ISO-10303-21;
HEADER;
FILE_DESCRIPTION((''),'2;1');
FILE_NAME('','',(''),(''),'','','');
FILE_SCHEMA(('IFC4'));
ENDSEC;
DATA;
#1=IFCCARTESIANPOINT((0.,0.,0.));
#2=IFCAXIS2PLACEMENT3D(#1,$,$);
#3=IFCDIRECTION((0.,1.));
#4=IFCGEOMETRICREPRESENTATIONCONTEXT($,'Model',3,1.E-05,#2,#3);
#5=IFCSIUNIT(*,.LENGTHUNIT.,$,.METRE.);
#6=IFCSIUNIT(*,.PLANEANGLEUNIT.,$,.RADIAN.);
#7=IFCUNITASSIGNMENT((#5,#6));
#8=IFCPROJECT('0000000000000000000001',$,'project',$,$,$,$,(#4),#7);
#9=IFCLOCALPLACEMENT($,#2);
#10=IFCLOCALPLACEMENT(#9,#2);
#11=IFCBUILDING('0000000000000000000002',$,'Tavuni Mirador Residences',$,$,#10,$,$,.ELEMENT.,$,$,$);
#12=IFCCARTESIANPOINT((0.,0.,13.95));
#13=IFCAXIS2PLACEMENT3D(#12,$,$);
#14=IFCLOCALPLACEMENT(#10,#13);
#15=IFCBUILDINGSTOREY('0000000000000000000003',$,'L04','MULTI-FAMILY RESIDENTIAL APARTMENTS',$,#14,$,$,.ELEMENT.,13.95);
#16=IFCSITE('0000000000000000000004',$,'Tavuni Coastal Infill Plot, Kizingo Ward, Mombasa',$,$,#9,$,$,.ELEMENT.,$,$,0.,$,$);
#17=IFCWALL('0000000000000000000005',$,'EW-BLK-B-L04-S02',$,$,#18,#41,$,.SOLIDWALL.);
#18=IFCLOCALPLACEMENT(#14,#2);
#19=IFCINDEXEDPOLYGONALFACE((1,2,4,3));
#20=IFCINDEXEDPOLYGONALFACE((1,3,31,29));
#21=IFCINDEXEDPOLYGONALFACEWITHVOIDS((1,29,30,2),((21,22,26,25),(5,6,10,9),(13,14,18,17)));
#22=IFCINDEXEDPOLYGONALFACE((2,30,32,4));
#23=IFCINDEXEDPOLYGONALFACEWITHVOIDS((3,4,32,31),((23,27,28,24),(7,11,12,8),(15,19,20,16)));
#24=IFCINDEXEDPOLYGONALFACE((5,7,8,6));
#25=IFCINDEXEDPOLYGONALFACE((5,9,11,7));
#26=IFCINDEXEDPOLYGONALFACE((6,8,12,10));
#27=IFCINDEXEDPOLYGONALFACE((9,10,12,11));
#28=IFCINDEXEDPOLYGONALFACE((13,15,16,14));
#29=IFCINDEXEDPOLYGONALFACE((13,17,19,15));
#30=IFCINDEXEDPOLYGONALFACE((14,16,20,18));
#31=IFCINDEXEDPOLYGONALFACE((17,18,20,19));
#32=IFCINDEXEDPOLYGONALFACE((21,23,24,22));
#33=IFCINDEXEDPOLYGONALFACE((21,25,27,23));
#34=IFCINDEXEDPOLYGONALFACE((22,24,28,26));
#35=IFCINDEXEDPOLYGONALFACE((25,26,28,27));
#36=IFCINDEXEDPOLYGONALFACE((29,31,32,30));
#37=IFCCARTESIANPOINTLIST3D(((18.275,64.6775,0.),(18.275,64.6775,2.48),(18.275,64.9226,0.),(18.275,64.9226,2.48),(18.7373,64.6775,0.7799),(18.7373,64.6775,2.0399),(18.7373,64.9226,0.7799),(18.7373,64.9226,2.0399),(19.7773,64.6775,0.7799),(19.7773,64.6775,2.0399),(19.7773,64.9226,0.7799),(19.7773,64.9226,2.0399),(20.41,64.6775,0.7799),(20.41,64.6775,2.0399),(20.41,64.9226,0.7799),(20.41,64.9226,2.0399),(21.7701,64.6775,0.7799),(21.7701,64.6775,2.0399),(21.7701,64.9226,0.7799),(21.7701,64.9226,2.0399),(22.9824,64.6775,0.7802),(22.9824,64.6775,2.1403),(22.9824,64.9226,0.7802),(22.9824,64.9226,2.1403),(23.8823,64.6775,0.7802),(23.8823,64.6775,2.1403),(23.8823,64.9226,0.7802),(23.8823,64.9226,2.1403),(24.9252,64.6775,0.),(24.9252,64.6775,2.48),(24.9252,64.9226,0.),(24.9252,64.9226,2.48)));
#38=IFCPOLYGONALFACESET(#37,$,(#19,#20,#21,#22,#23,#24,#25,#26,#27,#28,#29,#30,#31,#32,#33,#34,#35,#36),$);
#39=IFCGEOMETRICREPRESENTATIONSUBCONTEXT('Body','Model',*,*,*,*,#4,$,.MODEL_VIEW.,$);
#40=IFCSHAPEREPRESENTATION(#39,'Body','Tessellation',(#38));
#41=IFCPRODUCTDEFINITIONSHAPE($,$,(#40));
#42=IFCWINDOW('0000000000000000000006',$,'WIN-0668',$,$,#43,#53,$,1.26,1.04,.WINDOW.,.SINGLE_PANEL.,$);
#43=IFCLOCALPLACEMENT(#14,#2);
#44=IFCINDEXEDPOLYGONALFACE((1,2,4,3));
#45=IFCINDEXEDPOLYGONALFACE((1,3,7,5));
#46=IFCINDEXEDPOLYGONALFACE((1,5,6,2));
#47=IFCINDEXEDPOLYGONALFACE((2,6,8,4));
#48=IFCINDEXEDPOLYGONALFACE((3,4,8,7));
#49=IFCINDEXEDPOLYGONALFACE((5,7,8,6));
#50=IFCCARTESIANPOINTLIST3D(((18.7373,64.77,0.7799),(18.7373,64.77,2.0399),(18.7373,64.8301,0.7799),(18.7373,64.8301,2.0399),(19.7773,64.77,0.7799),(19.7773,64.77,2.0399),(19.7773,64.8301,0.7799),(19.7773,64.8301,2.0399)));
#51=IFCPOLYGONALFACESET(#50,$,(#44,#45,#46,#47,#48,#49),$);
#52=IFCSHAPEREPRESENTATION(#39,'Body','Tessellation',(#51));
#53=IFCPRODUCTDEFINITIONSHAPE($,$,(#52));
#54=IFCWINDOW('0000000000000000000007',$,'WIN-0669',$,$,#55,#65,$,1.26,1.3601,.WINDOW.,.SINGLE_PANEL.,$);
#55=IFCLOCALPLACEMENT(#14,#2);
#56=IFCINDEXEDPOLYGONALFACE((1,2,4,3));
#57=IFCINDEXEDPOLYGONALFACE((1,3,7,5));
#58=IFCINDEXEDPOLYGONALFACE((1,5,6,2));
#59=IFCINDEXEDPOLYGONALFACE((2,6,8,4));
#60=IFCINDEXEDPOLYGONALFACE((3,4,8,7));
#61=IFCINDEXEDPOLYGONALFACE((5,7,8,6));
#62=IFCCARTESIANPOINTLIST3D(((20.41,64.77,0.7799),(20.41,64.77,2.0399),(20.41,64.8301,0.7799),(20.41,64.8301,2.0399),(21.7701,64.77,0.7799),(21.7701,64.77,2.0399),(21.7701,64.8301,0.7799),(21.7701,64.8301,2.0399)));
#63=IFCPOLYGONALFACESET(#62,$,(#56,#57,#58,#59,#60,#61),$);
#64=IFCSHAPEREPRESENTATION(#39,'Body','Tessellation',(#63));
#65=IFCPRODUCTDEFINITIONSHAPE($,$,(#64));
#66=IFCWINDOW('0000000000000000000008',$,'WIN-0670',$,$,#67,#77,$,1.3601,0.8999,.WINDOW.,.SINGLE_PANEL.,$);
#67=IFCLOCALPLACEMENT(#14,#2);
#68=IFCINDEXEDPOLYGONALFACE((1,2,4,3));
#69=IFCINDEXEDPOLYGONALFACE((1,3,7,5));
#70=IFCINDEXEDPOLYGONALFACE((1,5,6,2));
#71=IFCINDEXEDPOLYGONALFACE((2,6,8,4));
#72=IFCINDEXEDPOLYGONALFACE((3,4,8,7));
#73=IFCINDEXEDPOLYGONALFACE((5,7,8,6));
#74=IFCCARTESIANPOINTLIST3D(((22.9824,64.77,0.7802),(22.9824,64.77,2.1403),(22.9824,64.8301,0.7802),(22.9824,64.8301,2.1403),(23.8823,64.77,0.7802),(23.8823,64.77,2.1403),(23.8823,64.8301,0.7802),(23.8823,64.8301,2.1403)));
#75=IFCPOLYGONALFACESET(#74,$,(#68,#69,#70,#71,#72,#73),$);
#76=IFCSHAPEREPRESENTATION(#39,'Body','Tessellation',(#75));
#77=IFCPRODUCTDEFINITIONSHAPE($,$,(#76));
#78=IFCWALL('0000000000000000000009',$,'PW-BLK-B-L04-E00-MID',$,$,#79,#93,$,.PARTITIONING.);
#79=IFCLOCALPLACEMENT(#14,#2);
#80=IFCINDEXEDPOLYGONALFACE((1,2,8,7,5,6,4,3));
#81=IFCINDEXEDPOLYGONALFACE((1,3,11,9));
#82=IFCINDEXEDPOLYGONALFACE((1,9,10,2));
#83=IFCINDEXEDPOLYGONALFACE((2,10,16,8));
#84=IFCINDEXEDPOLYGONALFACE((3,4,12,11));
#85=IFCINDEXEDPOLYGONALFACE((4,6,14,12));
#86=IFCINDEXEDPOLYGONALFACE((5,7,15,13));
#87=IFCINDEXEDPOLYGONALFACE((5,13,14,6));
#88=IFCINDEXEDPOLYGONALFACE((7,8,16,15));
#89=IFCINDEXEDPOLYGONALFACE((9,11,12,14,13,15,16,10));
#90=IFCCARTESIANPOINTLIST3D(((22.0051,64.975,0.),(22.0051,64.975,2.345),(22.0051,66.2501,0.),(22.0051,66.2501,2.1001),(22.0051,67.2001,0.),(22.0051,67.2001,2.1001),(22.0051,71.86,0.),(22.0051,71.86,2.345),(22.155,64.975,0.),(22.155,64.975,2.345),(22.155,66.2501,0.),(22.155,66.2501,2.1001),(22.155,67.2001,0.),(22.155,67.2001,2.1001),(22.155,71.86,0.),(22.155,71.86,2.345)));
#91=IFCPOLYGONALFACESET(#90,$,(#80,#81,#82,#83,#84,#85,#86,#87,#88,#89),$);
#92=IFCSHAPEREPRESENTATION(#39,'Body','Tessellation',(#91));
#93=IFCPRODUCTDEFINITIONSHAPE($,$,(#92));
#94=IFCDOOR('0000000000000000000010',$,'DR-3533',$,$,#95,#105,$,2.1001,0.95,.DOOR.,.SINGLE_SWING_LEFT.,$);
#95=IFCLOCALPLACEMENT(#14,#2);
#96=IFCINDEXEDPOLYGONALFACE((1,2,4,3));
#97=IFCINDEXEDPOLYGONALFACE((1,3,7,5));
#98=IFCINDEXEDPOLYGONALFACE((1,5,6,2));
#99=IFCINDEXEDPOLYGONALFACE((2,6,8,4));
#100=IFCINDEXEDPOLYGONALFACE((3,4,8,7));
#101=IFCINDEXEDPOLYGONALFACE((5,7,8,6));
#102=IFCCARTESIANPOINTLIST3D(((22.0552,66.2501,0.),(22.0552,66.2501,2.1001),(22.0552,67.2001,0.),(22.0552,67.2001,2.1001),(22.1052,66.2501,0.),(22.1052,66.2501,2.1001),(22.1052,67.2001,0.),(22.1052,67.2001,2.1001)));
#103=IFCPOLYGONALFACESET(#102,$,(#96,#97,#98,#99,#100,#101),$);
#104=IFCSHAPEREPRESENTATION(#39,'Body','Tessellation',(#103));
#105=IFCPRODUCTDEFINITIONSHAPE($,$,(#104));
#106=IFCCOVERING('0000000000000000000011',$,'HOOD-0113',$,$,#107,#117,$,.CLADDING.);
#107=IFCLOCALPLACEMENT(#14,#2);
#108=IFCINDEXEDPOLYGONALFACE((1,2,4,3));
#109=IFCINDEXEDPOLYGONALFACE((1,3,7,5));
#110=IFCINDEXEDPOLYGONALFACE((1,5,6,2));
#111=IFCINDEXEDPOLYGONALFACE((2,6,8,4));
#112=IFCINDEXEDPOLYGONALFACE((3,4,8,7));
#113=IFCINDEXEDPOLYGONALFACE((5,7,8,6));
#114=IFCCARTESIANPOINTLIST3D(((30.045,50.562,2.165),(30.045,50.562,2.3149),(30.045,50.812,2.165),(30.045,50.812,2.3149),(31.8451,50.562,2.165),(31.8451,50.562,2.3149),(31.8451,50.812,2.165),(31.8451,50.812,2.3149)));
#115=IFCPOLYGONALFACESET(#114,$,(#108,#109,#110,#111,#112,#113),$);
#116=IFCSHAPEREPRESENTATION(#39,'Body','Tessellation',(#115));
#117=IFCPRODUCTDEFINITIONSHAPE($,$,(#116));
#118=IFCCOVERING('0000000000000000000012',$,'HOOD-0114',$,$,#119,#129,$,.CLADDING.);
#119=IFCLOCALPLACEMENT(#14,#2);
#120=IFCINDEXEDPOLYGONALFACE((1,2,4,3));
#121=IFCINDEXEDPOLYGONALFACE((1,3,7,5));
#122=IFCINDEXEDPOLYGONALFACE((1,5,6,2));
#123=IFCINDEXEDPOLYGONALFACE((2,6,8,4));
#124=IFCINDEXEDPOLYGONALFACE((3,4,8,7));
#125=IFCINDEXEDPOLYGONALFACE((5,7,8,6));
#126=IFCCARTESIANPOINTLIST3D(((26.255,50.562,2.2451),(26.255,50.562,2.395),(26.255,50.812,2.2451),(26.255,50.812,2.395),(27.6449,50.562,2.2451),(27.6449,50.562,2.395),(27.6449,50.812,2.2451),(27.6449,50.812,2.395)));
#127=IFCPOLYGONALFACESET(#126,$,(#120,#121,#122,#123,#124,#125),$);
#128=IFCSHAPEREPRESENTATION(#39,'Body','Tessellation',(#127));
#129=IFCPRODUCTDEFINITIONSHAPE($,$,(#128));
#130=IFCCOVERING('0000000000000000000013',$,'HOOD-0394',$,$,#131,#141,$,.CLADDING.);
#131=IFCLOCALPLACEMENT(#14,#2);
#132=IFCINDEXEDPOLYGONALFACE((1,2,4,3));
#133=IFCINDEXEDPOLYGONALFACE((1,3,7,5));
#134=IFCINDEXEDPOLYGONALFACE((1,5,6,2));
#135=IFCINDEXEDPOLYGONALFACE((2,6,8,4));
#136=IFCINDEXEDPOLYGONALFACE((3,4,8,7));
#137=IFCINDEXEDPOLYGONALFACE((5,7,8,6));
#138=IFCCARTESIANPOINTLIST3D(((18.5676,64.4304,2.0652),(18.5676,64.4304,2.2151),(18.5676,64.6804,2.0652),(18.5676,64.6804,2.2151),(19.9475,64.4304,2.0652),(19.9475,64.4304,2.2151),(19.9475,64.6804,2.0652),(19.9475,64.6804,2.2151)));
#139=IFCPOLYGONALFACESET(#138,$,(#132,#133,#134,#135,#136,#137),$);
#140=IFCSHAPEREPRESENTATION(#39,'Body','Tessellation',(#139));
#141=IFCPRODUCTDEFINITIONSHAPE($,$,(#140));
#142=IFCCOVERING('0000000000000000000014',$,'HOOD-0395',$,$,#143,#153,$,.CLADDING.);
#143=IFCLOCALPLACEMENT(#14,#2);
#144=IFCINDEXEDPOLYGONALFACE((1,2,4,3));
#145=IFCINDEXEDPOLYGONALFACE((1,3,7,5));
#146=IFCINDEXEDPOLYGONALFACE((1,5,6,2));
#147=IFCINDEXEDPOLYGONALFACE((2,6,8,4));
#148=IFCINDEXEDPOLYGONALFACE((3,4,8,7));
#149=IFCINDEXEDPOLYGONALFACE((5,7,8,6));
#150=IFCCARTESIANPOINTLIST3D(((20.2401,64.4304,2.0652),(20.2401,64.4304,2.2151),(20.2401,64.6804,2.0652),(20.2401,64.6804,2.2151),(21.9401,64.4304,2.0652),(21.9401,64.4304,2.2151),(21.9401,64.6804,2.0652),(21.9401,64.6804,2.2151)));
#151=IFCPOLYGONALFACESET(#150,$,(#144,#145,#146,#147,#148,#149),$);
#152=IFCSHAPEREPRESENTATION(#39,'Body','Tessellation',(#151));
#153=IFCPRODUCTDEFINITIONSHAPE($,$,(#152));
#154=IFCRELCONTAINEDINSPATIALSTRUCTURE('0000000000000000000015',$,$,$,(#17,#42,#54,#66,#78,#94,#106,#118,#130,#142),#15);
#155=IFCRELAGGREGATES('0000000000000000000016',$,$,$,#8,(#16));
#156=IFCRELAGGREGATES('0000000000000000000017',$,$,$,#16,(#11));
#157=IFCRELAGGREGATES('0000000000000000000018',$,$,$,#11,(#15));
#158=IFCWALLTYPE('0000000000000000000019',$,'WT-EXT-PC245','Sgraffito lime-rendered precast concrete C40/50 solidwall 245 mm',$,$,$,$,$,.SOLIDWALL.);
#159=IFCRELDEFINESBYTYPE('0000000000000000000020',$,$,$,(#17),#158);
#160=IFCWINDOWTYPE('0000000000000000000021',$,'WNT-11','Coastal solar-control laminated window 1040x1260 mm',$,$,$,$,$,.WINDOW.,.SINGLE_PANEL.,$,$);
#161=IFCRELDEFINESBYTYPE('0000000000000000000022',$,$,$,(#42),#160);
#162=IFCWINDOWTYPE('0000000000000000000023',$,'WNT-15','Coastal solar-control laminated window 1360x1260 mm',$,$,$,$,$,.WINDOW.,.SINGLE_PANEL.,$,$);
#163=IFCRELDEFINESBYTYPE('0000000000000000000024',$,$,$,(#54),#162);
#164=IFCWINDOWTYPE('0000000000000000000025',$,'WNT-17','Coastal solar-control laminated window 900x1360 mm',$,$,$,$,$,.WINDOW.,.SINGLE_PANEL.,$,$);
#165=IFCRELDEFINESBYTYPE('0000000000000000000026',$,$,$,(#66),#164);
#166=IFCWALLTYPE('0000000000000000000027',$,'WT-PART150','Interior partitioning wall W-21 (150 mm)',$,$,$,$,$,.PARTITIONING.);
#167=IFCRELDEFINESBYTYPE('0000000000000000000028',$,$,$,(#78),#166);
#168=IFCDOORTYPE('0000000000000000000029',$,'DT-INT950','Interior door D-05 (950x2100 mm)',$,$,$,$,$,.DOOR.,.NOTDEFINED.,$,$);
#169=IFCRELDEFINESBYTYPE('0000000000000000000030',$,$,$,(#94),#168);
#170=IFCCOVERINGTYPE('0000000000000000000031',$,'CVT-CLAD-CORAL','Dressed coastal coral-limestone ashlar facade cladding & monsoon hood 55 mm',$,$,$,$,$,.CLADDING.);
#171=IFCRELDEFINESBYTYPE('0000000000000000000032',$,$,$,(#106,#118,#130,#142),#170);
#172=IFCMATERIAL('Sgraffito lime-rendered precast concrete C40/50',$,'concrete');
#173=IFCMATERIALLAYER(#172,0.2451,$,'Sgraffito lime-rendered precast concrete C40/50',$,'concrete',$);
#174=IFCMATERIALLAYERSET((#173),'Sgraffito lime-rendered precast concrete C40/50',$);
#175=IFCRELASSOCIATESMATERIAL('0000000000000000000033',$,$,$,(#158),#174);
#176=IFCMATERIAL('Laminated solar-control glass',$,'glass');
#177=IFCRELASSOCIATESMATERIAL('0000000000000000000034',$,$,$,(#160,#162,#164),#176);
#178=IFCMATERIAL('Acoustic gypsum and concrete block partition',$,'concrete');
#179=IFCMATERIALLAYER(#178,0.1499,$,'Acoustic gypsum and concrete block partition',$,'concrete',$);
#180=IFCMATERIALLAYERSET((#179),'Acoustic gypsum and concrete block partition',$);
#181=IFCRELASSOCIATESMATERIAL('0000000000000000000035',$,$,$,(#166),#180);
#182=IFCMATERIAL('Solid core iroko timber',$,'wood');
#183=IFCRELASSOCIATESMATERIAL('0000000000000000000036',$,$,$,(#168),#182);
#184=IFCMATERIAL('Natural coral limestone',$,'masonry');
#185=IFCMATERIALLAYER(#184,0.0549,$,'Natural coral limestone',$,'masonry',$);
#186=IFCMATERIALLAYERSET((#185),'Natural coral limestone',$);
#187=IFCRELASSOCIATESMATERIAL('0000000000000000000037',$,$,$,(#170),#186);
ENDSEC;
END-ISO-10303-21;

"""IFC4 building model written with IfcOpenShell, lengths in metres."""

from ifc_helpers import new_model, si_unit, direction, frame, frame_2d, origin, origin_2d, place, context, subcontext, project, spatial, rectangle, extrude, material, layer, layer_set, type_object, element, fill, save


model = new_model("IFC4")

# Units and contexts
model_context = context("Model", 3, precision=1e-05, world=origin(), true_north=direction((0.0, 1.0)))
body_context = subcontext(model_context, "Body", "Model", "MODEL_VIEW")
ifc_project = project(units=[si_unit("LENGTHUNIT", "METRE"), si_unit("PLANEANGLEUNIT", "RADIAN")], contexts=[model_context])

# Site, building, storey
site_placement = place(None, origin())
site = spatial("IfcSite", under=ifc_project, at=site_placement, Name="Tavuni Coastal Infill Plot, Kizingo Ward, Mombasa", CompositionType="ELEMENT", RefElevation=0.0)
building_placement = place(site_placement, origin())
building = spatial("IfcBuilding", under=site, at=building_placement, Name="Tavuni Mirador Residences", CompositionType="ELEMENT")
storey_placement = place(building_placement, frame((0.0, 0.0, 13.95)))
storey = spatial("IfcBuildingStorey", under=building, at=storey_placement, Name="L04", Description="MULTI-FAMILY RESIDENTIAL APARTMENTS", CompositionType="ELEMENT", Elevation=13.95)

# Shared definitions
ifc_material_1 = material(Name="Solid core iroko timber", Category="wood")

# Wall, openings, windows
ifc_material_2 = material(Name="Sgraffito lime-rendered precast concrete C40/50", Category="concrete")
ifc_layer_1 = layer(ifc_material_2, 0.2451, Name="Sgraffito lime-rendered precast concrete C40/50", Category="concrete")
ifc_layer_set_1 = layer_set([ifc_layer_1], Name="Sgraffito lime-rendered precast concrete C40/50")
wall_type_1 = type_object("IfcWallType", Name="WT-EXT-PC245", Description="Sgraffito lime-rendered precast concrete C40/50 solidwall 245 mm", PredefinedType="SOLIDWALL", material=ifc_layer_set_1)
wall_1_placement = place(storey_placement, frame((18.2749, 64.8, 0.0), z_axis=(0.0, 0.0, 1.0), x_axis=(1.0, 0.0, 0.0)))
wall_1 = element("IfcWall", 1, at=wall_1_placement, inside=storey, type_object=wall_type_1, Name="EW-BLK-B-L04-S02", PredefinedType="SOLIDWALL", context=body_context, shape_type="SweptSolid", body=[
    extrude(rectangle(XDim=6.6501, YDim=0.2451, at=frame_2d((3.3252, 0.0))), origin(), (0.0, 0.0, 1.0), 2.48),
])
opening_1_placement = place(wall_1_placement, frame((0.4624, 0.0, 0.78)))
opening_1 = element("IfcOpeningElement", 2, at=opening_1_placement, cuts=wall_1, PredefinedType="OPENING", context=body_context, shape_type="SweptSolid", body=[
    extrude(rectangle(XDim=1.04, YDim=1.26, at=frame_2d((0.52, 0.6299))), frame((0.0, 0.1326, 0.0), z_axis=(0.0, -1.0, 0.0), x_axis=(1.0, 0.0, 0.0)), (0.0, 0.0, 1.0), 0.2651),
])
opening_2_placement = place(wall_1_placement, frame((2.135, 0.0, 0.78)))
opening_2 = element("IfcOpeningElement", 3, at=opening_2_placement, cuts=wall_1, PredefinedType="OPENING", context=body_context, shape_type="SweptSolid", body=[
    extrude(rectangle(XDim=1.3601, YDim=1.26, at=frame_2d((0.6802, 0.6299))), frame((0.0, 0.1326, 0.0), z_axis=(0.0, -1.0, 0.0), x_axis=(1.0, 0.0, 0.0)), (0.0, 0.0, 1.0), 0.2651),
])
opening_3_placement = place(wall_1_placement, frame((4.7075, 0.0, 0.78)))
opening_3 = element("IfcOpeningElement", 4, at=opening_3_placement, cuts=wall_1, PredefinedType="OPENING", context=body_context, shape_type="SweptSolid", body=[
    extrude(rectangle(XDim=0.8999, YDim=1.3601, at=frame_2d((0.45, 0.6802))), frame((0.0, 0.1326, 0.0), z_axis=(0.0, -1.0, 0.0), x_axis=(1.0, 0.0, 0.0)), (0.0, 0.0, 1.0), 0.2651),
])
ifc_material_3 = material(Name="Laminated solar-control glass", Category="glass")
window_type_1 = type_object("IfcWindowType", Name="WNT-11", Description="Coastal solar-control laminated window 1040x1260 mm", PartitioningType="SINGLE_PANEL", PredefinedType="WINDOW", material=ifc_material_3)
window_1_placement = place(opening_1_placement, origin())
window_1 = element("IfcWindow", 5, at=window_1_placement, inside=storey, type_object=window_type_1, Name="WIN-0668", OverallHeight=1.26, OverallWidth=1.04, PartitioningType="SINGLE_PANEL", PredefinedType="WINDOW", context=body_context, shape_type="SweptSolid", body=[
    extrude(rectangle(XDim=1.04, YDim=1.26, at=frame_2d((0.52, 0.6299))), frame((0.0, 0.03, 0.0), z_axis=(0.0, -1.0, 0.0), x_axis=(1.0, 0.0, 0.0)), (0.0, 0.0, 1.0), 0.0601),
])
fill(opening_1, window_1)
window_type_2 = type_object("IfcWindowType", Name="WNT-15", Description="Coastal solar-control laminated window 1360x1260 mm", PartitioningType="SINGLE_PANEL", PredefinedType="WINDOW", material=ifc_material_3)
window_2_placement = place(opening_2_placement, origin())
window_2 = element("IfcWindow", 6, at=window_2_placement, inside=storey, type_object=window_type_2, Name="WIN-0669", OverallHeight=1.26, OverallWidth=1.3601, PartitioningType="SINGLE_PANEL", PredefinedType="WINDOW", context=body_context, shape_type="SweptSolid", body=[
    extrude(rectangle(XDim=1.3601, YDim=1.26, at=frame_2d((0.6802, 0.6299))), frame((0.0, 0.03, 0.0), z_axis=(0.0, -1.0, 0.0), x_axis=(1.0, 0.0, 0.0)), (0.0, 0.0, 1.0), 0.0601),
])
fill(opening_2, window_2)
window_type_3 = type_object("IfcWindowType", Name="WNT-17", Description="Coastal solar-control laminated window 900x1360 mm", PartitioningType="SINGLE_PANEL", PredefinedType="WINDOW", material=ifc_material_3)
window_3_placement = place(opening_3_placement, origin())
window_3 = element("IfcWindow", 7, at=window_3_placement, inside=storey, type_object=window_type_3, Name="WIN-0670", OverallHeight=1.3601, OverallWidth=0.8999, PartitioningType="SINGLE_PANEL", PredefinedType="WINDOW", context=body_context, shape_type="SweptSolid", body=[
    extrude(rectangle(XDim=0.8999, YDim=1.3601, at=frame_2d((0.45, 0.6802))), frame((0.0, 0.03, 0.0), z_axis=(0.0, -1.0, 0.0), x_axis=(1.0, 0.0, 0.0)), (0.0, 0.0, 1.0), 0.0601),
])
fill(opening_3, window_3)

# Wall, opening, door
ifc_material_4 = material(Name="Acoustic gypsum and concrete block partition", Category="concrete")
ifc_layer_2 = layer(ifc_material_4, 0.1499, Name="Acoustic gypsum and concrete block partition", Category="concrete")
ifc_layer_set_2 = layer_set([ifc_layer_2], Name="Acoustic gypsum and concrete block partition")
wall_type_2 = type_object("IfcWallType", Name="WT-PART150", Description="Interior partitioning wall W-21 (150 mm)", PredefinedType="PARTITIONING", material=ifc_layer_set_2)
wall_2_placement = place(storey_placement, frame((22.0801, 64.9751, 0.0), z_axis=(0.0, 0.0, 1.0), x_axis=(0.0, 1.0, 0.0)))
wall_2 = element("IfcWall", 8, at=wall_2_placement, inside=storey, type_object=wall_type_2, Name="PW-BLK-B-L04-E00-MID", PredefinedType="PARTITIONING", context=body_context, shape_type="SweptSolid", body=[
    extrude(rectangle(XDim=6.885, YDim=0.1499, at=frame_2d((3.4424, 0.0))), origin(), (0.0, 0.0, 1.0), 2.345),
])
opening_4_placement = place(wall_2_placement, frame((1.2749, 0.0, 0.0)))
opening_4 = element("IfcOpeningElement", 9, at=opening_4_placement, cuts=wall_2, PredefinedType="OPENING", context=body_context, shape_type="SweptSolid", body=[
    extrude(rectangle(XDim=0.95, YDim=2.1001, at=frame_2d((0.4751, 1.05))), frame((0.0, 0.085, 0.0), z_axis=(0.0, -1.0, 0.0), x_axis=(1.0, 0.0, 0.0)), (0.0, 0.0, 1.0), 0.1699),
])
door_type_1 = type_object("IfcDoorType", Name="DT-INT950", Description="Interior door D-05 (950x2100 mm)", OperationType="NOTDEFINED", PredefinedType="DOOR", material=ifc_material_1)
door_1_placement = place(opening_4_placement, origin())
door_1 = element("IfcDoor", 10, at=door_1_placement, inside=storey, type_object=door_type_1, Name="DR-3533", OperationType="SINGLE_SWING_LEFT", OverallHeight=2.1001, OverallWidth=0.95, PredefinedType="DOOR", context=body_context, shape_type="SweptSolid", body=[
    extrude(rectangle(XDim=0.95, YDim=2.1001, at=frame_2d((0.4751, 1.05))), frame((0.0, 0.0249, 0.0), z_axis=(0.0, -1.0, 0.0), x_axis=(1.0, 0.0, 0.0)), (0.0, 0.0, 1.0), 0.05),
])
fill(opening_4, door_1)

# Coverings
ifc_material_5 = material(Name="Natural coral limestone", Category="masonry")
ifc_layer_3 = layer(ifc_material_5, 0.0549, Name="Natural coral limestone", Category="masonry")
ifc_layer_set_3 = layer_set([ifc_layer_3], Name="Natural coral limestone")
covering_type = type_object("IfcCoveringType", Name="CVT-CLAD-CORAL", Description="Dressed coastal coral-limestone ashlar facade cladding & monsoon hood 55 mm", PredefinedType="CLADDING", material=ifc_layer_set_3)
covering_1_placement = place(storey_placement, frame((30.9451, 50.687, 2.165), z_axis=(0.0, 0.0, 1.0), x_axis=(-1.0, 0.0, 0.0)))
element("IfcCovering", 11, at=covering_1_placement, inside=storey, type_object=covering_type, Name="HOOD-0113", PredefinedType="CLADDING", context=body_context, shape_type="SweptSolid", body=[
    extrude(rectangle(XDim=1.8, YDim=0.25, at=origin_2d()), origin(), (0.0, 0.0, 1.0), 0.1499),
])
covering_2_placement = place(storey_placement, frame((26.95, 50.687, 2.2451), z_axis=(0.0, 0.0, 1.0), x_axis=(-1.0, 0.0, 0.0)))
element("IfcCovering", 12, at=covering_2_placement, inside=storey, type_object=covering_type, Name="HOOD-0114", PredefinedType="CLADDING", context=body_context, shape_type="SweptSolid", body=[
    extrude(rectangle(XDim=1.3899, YDim=0.25, at=origin_2d()), origin(), (0.0, 0.0, 1.0), 0.1499),
])
covering_3_placement = place(storey_placement, frame((19.2576, 64.5554, 2.0652), z_axis=(0.0, 0.0, 1.0), x_axis=(1.0, 0.0, 0.0)))
element("IfcCovering", 13, at=covering_3_placement, inside=storey, type_object=covering_type, Name="HOOD-0394", PredefinedType="CLADDING", context=body_context, shape_type="SweptSolid", body=[
    extrude(rectangle(XDim=1.3799, YDim=0.25, at=origin_2d()), origin(), (0.0, 0.0, 1.0), 0.1499),
])
covering_4_placement = place(storey_placement, frame((21.0901, 64.5554, 2.0652), z_axis=(0.0, 0.0, 1.0), x_axis=(1.0, 0.0, 0.0)))
element("IfcCovering", 14, at=covering_4_placement, inside=storey, type_object=covering_type, Name="HOOD-0395", PredefinedType="CLADDING", context=body_context, shape_type="SweptSolid", body=[
    extrude(rectangle(XDim=1.7, YDim=0.25, at=origin_2d()), origin(), (0.0, 0.0, 1.0), 0.1499),
])

save(model, "model.ifc")
